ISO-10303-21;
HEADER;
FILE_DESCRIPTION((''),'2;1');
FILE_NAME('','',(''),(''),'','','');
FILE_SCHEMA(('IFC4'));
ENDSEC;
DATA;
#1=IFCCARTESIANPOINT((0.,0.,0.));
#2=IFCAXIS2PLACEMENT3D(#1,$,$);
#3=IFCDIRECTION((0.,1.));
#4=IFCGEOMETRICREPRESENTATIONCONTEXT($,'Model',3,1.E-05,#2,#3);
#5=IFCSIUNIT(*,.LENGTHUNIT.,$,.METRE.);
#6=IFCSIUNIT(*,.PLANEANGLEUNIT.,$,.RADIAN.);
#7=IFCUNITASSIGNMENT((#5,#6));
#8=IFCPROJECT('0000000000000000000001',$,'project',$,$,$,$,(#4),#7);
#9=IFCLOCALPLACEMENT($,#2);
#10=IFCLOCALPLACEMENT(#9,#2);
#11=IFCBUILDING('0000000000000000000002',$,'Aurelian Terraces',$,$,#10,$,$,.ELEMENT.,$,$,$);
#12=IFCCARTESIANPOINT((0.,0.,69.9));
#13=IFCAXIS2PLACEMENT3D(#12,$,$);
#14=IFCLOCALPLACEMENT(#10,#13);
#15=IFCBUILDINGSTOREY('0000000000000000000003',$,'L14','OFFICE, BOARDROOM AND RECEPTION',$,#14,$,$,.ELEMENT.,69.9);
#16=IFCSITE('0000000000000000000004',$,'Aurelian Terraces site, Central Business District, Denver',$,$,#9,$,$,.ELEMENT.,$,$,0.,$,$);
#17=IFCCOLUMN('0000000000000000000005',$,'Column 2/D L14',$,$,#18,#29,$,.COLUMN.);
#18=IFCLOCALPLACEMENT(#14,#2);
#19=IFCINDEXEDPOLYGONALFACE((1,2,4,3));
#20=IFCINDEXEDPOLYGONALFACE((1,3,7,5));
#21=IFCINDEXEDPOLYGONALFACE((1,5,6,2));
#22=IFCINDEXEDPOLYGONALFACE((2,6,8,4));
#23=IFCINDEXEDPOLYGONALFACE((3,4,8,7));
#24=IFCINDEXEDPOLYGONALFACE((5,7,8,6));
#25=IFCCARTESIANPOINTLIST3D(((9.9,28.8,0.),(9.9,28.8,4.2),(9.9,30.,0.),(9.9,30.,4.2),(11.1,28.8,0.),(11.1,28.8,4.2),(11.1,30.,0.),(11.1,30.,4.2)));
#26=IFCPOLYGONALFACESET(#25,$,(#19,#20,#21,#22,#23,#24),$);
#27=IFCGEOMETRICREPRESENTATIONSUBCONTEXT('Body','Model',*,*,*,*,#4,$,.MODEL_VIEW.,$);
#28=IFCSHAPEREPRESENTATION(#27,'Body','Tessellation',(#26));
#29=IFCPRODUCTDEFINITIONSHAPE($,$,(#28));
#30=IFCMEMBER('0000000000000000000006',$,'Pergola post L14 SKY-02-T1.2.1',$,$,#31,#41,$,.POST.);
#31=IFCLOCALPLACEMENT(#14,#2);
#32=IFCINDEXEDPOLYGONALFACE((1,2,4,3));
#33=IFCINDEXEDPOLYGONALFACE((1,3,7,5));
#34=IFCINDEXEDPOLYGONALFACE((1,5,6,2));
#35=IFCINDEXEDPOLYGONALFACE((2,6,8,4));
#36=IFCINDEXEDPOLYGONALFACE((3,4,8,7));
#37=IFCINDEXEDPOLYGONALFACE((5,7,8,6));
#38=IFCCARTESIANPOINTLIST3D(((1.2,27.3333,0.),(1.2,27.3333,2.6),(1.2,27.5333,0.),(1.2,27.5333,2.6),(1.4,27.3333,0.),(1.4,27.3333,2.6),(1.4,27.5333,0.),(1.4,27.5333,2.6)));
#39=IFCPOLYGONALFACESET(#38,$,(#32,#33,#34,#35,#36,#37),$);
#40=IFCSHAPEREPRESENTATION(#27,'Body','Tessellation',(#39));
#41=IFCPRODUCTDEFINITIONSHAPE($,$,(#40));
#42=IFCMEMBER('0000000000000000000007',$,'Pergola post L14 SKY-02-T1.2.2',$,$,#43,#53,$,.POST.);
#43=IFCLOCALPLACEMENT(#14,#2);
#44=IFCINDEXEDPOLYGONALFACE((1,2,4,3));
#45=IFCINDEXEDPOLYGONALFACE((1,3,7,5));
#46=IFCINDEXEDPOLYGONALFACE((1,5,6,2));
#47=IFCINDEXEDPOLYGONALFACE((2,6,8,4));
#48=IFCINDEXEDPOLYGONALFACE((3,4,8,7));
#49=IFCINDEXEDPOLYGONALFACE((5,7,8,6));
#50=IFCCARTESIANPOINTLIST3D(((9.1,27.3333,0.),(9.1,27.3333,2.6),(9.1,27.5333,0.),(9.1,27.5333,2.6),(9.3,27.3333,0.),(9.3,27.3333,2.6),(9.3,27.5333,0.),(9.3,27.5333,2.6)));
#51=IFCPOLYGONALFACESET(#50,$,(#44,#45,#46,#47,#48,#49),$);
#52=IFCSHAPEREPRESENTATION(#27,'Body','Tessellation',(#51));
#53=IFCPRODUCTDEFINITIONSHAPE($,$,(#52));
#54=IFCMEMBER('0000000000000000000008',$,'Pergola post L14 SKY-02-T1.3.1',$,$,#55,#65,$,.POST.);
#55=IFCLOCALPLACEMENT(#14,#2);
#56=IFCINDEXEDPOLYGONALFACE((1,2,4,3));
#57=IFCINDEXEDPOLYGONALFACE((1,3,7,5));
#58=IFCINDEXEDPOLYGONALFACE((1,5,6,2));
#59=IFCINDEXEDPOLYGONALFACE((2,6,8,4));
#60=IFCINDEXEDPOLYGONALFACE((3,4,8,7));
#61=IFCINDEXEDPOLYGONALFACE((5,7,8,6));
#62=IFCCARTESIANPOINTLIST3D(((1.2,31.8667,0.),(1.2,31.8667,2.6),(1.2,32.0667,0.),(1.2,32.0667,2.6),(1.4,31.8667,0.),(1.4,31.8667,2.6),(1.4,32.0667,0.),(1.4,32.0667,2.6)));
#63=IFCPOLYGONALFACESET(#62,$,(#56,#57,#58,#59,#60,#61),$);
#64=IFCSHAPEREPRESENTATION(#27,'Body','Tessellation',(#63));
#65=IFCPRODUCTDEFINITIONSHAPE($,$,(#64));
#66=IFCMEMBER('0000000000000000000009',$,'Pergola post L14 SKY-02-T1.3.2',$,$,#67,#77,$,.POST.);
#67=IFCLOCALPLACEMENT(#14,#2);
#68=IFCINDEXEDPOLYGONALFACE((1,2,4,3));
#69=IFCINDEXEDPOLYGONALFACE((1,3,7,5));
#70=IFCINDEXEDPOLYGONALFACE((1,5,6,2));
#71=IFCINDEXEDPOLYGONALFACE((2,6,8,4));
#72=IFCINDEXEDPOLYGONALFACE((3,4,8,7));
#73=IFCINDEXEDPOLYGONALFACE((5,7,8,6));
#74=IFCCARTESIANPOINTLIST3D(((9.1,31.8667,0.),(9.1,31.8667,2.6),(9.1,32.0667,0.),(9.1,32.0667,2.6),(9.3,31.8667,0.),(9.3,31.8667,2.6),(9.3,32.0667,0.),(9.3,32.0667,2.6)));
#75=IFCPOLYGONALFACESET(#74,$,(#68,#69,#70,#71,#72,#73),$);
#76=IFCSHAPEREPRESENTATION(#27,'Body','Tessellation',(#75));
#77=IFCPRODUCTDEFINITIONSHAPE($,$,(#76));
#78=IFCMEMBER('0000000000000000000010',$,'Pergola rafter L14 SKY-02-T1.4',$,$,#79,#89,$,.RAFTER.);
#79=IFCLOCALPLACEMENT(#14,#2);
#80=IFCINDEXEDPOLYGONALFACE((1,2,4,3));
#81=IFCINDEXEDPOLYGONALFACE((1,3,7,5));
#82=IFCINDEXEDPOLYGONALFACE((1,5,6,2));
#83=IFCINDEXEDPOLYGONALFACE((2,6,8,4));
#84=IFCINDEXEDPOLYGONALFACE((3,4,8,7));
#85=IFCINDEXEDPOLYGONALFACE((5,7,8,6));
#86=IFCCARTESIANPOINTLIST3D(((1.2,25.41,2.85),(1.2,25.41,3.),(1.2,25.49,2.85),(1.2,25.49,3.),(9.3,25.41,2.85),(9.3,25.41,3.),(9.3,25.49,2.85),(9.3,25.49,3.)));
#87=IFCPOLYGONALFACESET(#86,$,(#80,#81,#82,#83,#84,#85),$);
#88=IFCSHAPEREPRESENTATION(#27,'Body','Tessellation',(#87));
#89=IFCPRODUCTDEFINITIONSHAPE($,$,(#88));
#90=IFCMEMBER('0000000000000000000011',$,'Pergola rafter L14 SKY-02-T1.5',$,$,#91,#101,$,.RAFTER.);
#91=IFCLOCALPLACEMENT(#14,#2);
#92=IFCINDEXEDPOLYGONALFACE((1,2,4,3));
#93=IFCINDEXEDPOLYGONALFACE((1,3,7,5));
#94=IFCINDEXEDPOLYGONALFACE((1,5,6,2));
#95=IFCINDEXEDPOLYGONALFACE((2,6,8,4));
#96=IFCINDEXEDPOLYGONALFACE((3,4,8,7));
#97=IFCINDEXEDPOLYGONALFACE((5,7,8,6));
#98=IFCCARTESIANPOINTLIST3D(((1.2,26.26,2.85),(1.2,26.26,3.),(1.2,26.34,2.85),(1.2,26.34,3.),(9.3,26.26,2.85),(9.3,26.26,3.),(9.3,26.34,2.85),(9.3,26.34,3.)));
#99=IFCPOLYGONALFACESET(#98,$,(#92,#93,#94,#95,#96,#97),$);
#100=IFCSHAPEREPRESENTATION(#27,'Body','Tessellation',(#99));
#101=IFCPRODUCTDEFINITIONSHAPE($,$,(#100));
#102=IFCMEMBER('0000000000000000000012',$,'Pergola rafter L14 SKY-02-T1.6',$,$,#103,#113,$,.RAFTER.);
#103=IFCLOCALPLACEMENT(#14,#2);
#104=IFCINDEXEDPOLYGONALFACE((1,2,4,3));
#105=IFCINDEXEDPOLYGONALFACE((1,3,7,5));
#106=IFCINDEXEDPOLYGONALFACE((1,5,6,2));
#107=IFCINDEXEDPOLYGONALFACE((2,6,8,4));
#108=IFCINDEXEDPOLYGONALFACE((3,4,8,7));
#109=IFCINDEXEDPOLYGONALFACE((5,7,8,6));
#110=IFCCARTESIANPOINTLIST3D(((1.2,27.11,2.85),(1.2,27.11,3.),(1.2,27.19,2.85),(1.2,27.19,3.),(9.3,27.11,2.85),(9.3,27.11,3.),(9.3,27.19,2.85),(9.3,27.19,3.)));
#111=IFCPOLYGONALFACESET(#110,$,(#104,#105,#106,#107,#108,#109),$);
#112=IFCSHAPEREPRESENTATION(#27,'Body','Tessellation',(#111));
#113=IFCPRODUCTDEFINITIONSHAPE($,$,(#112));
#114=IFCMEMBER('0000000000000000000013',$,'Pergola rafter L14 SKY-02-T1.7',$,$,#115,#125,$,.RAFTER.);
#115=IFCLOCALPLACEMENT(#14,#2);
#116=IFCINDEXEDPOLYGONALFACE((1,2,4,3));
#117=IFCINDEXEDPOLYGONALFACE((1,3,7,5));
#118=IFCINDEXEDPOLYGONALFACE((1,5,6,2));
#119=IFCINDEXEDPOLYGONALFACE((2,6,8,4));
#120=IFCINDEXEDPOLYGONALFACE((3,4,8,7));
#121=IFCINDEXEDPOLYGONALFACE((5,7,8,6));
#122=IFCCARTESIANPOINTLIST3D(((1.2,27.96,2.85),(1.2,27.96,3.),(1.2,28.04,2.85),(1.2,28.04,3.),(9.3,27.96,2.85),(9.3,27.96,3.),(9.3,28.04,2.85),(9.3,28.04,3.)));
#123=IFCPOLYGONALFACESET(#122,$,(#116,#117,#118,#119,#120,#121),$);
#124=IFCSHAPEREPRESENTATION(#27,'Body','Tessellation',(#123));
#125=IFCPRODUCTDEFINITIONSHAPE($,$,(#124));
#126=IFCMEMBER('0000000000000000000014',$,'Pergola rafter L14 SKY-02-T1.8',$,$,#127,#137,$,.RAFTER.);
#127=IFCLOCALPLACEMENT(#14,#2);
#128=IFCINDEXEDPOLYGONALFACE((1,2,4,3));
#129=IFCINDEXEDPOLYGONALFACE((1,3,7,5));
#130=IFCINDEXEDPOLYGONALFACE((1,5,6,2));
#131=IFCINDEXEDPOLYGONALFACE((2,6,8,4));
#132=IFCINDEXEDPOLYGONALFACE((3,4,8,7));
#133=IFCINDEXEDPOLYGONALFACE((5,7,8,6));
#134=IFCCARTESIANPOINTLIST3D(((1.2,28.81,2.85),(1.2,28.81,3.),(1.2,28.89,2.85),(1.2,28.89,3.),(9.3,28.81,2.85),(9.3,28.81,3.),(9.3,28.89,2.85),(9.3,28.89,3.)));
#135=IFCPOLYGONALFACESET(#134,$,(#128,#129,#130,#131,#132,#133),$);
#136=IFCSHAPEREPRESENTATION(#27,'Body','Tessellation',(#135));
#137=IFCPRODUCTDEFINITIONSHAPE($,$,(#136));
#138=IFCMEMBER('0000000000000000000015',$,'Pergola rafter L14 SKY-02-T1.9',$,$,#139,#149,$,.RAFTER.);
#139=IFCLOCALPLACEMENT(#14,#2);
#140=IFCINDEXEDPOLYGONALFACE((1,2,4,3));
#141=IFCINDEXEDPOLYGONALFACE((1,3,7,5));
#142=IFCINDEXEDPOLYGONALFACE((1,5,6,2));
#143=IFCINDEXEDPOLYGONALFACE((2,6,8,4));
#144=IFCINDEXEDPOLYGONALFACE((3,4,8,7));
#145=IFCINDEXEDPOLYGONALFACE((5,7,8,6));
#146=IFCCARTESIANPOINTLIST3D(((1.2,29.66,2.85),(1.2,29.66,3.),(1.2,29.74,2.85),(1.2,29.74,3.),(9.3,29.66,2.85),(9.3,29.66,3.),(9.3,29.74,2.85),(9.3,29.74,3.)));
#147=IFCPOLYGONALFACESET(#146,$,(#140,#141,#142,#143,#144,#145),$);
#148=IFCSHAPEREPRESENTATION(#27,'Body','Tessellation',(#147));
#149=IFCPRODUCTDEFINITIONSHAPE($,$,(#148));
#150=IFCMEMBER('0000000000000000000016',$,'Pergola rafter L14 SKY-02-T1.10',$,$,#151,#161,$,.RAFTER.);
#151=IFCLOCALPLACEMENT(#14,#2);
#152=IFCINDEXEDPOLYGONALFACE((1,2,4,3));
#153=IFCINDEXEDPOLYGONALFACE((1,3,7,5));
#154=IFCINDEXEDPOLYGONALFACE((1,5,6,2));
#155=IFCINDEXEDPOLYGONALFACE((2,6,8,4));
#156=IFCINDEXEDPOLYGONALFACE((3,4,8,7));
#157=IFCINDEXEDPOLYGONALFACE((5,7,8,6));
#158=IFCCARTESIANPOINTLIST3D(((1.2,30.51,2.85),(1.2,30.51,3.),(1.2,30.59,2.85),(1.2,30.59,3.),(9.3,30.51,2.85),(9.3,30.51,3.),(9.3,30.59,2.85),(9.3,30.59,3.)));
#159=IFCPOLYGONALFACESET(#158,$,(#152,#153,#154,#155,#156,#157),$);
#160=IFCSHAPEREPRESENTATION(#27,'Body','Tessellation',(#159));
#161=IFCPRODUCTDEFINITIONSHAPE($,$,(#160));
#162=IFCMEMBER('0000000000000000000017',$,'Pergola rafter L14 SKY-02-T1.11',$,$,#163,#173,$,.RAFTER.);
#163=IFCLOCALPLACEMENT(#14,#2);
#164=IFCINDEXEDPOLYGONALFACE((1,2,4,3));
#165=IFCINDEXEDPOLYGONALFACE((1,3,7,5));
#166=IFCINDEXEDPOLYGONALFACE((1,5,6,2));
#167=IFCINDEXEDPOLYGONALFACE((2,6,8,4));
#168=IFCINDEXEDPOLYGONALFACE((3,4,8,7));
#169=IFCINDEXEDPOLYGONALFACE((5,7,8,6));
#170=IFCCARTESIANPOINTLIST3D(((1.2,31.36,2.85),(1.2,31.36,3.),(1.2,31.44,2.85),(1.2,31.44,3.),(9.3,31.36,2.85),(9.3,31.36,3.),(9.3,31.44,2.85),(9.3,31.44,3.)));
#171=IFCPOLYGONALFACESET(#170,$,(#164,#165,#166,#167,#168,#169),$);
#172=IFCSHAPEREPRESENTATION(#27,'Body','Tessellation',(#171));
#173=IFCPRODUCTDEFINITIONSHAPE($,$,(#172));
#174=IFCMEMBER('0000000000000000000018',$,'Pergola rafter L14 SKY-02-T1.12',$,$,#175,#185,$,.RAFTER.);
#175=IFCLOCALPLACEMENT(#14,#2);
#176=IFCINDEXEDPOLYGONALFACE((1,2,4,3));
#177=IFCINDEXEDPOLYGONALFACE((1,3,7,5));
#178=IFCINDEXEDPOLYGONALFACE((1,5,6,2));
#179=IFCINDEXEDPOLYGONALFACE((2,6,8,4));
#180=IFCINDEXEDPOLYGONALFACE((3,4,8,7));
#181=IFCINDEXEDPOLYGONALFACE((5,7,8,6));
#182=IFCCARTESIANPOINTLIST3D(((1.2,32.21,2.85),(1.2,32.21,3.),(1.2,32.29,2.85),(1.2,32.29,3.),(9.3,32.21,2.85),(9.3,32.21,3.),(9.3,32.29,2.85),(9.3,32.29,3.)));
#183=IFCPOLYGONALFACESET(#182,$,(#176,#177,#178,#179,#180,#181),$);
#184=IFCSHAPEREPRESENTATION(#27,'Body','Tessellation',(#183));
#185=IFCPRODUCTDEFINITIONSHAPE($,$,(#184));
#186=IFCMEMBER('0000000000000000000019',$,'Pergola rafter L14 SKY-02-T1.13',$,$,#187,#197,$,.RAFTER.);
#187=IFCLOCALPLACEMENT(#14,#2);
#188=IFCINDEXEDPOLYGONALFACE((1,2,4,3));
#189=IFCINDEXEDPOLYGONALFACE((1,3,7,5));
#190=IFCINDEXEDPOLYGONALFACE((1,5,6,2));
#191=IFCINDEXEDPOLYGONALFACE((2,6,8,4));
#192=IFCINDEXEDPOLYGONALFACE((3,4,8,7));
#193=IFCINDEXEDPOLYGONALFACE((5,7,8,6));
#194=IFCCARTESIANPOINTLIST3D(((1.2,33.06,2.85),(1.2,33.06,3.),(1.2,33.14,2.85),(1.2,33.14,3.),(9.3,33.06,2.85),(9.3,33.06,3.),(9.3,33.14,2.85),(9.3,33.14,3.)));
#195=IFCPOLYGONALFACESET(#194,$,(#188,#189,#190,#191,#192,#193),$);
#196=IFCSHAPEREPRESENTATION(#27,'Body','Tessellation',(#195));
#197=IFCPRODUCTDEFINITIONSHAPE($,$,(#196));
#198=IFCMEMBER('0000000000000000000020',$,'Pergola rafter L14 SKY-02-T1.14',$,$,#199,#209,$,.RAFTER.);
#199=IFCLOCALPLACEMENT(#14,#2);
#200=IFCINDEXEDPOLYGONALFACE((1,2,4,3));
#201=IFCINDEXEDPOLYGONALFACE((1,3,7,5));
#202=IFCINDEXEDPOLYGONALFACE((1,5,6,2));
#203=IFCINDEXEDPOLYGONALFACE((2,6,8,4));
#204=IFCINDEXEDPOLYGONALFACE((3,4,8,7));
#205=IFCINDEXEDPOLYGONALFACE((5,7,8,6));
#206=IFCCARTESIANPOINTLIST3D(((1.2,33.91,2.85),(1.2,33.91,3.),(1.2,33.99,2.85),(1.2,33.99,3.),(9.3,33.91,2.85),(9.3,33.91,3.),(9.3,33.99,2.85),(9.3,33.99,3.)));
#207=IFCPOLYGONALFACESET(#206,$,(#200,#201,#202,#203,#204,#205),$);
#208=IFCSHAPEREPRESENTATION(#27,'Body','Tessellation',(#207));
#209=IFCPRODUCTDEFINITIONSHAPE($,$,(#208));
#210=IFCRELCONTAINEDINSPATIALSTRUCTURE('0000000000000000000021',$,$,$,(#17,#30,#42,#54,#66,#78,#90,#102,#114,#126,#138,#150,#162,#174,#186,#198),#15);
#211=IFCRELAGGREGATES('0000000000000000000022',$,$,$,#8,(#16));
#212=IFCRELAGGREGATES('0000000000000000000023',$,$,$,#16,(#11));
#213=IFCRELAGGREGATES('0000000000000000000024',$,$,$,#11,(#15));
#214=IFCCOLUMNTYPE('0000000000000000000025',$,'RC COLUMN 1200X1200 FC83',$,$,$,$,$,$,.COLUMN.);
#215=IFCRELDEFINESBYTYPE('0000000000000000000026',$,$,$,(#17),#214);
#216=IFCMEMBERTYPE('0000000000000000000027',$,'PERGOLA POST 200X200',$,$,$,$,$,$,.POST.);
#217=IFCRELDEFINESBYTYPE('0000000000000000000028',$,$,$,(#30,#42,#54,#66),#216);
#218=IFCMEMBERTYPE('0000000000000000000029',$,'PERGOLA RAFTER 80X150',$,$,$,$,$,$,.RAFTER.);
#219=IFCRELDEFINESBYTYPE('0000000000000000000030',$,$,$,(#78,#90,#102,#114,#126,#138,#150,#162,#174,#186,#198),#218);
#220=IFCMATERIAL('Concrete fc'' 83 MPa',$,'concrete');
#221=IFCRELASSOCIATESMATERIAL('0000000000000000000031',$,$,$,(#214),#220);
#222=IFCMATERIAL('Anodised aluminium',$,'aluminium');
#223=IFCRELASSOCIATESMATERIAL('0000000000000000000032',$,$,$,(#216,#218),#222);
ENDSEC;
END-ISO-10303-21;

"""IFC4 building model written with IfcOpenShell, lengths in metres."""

from ifc_helpers import new_model, si_unit, direction, frame, origin, origin_2d, place, context, subcontext, project, spatial, rectangle, extrude, source, transform, mapped, material, material_profile, profile_set, type_object, element, save


model = new_model("IFC4")

# Units and contexts
model_context = context("Model", 3, precision=1e-05, world=origin(), true_north=direction((0.0, 1.0)))
body_context = subcontext(model_context, "Body", "Model", "MODEL_VIEW")
ifc_project = project(units=[si_unit("LENGTHUNIT", "METRE"), si_unit("PLANEANGLEUNIT", "RADIAN")], contexts=[model_context])

# Site, building, storey
site_placement = place(None, origin())
site = spatial("IfcSite", under=ifc_project, at=site_placement, Name="Aurelian Terraces site, Central Business District, Denver", CompositionType="ELEMENT", RefElevation=0.0)
building_placement = place(site_placement, origin())
building = spatial("IfcBuilding", under=site, at=building_placement, Name="Aurelian Terraces", CompositionType="ELEMENT")
storey_placement = place(building_placement, frame((0.0, 0.0, 69.9)))
storey = spatial("IfcBuildingStorey", under=building, at=storey_placement, Name="L14", Description="OFFICE, BOARDROOM AND RECEPTION", CompositionType="ELEMENT", Elevation=69.9)

# Column
ifc_material_1 = material(Name="Concrete fc' 83 MPa", Category="concrete")
ifc_material_profile_1 = material_profile(ifc_material_1, rectangle(XDim=1.2, YDim=1.2, at=origin_2d()))
ifc_profile_set_1 = profile_set([ifc_material_profile_1], Name="Concrete fc' 83 MPa")
column_type = type_object("IfcColumnType", Name="RC COLUMN 1200X1200 FC83", PredefinedType="COLUMN", material=ifc_profile_set_1)
shared_shape_1 = source(origin(), body_context, "Body", "SweptSolid", [
    extrude(rectangle(XDim=1.2, YDim=1.2, at=origin_2d()), origin(), (0.0, 0.0, 1.0), 4.2),
])
column_placement = place(storey_placement, frame((10.5, 29.4, 0.0), z_axis=(0.0, 0.0, 1.0), x_axis=(1.0, 0.0, 0.0)))
element("IfcColumn", 1, at=column_placement, inside=storey, type_object=column_type, Name="Column 2/D L14", PredefinedType="COLUMN", context=body_context, shape_type="MappedRepresentation", body=[
    mapped(shared_shape_1, transform((0.0, 0.0, 0.0), scale=1.0)),
])

# Members
ifc_material_2 = material(Name="Anodised aluminium", Category="aluminium")
ifc_material_profile_2 = material_profile(ifc_material_2, rectangle(XDim=0.2, YDim=0.2, at=origin_2d()))
ifc_profile_set_2 = profile_set([ifc_material_profile_2], Name="Anodised aluminium")
member_type_1 = type_object("IfcMemberType", Name="PERGOLA POST 200X200", PredefinedType="POST", material=ifc_profile_set_2)
shared_shape_2 = source(origin(), body_context, "Body", "SweptSolid", [
    extrude(rectangle(XDim=0.2, YDim=0.2, at=origin_2d()), origin(), (0.0, 0.0, 1.0), 2.6),
])
for number, where, z_axis, x_axis, name in (
    (2, (1.3, 27.4333, 0.0), (0.0, 0.0, 1.0), (1.0, 0.0, 0.0), "Pergola post L14 SKY-02-T1.2.1"),
    (3, (9.2, 27.4333, 0.0), (0.0, 0.0, 1.0), (1.0, 0.0, 0.0), "Pergola post L14 SKY-02-T1.2.2"),
    (4, (1.3, 31.9667, 0.0), (0.0, 0.0, 1.0), (1.0, 0.0, 0.0), "Pergola post L14 SKY-02-T1.3.1"),
    (5, (9.2, 31.9667, 0.0), (0.0, 0.0, 1.0), (1.0, 0.0, 0.0), "Pergola post L14 SKY-02-T1.3.2"),
):
    element("IfcMember", number, at=place(storey_placement, frame(where, z_axis=z_axis, x_axis=x_axis)), inside=storey, type_object=member_type_1, Name=name, PredefinedType="POST", context=body_context, shape_type="MappedRepresentation", body=[
        mapped(shared_shape_2, transform((0.0, 0.0, 0.0), scale=1.0)),
    ])
ifc_material_profile_3 = material_profile(ifc_material_2, rectangle(XDim=0.08, YDim=0.15, at=origin_2d()))
ifc_profile_set_3 = profile_set([ifc_material_profile_3], Name="Anodised aluminium")
member_type_2 = type_object("IfcMemberType", Name="PERGOLA RAFTER 80X150", PredefinedType="RAFTER", material=ifc_profile_set_3)
shared_shape_3 = source(origin(), body_context, "Body", "SweptSolid", [
    extrude(rectangle(XDim=0.08, YDim=0.15, at=origin_2d()), origin(), (0.0, 0.0, 1.0), 8.1),
])
for number, where, z_axis, x_axis, name in (
    (6, (1.2, 25.45, 2.925), (1.0, 0.0, 0.0), (0.0, 1.0, 0.0), "Pergola rafter L14 SKY-02-T1.4"),
    (7, (1.2, 26.3, 2.925), (1.0, 0.0, 0.0), (0.0, 1.0, 0.0), "Pergola rafter L14 SKY-02-T1.5"),
    (8, (1.2, 27.15, 2.925), (1.0, 0.0, 0.0), (0.0, 1.0, 0.0), "Pergola rafter L14 SKY-02-T1.6"),
    (9, (1.2, 28.0, 2.925), (1.0, 0.0, 0.0), (0.0, 1.0, 0.0), "Pergola rafter L14 SKY-02-T1.7"),
    (10, (1.2, 28.85, 2.925), (1.0, 0.0, 0.0), (0.0, 1.0, 0.0), "Pergola rafter L14 SKY-02-T1.8"),
    (11, (1.2, 29.7, 2.925), (1.0, 0.0, 0.0), (0.0, 1.0, 0.0), "Pergola rafter L14 SKY-02-T1.9"),
    (12, (1.2, 30.55, 2.925), (1.0, 0.0, 0.0), (0.0, 1.0, 0.0), "Pergola rafter L14 SKY-02-T1.10"),
    (13, (1.2, 31.4, 2.925), (1.0, 0.0, 0.0), (0.0, 1.0, 0.0), "Pergola rafter L14 SKY-02-T1.11"),
    (14, (1.2, 32.25, 2.925), (1.0, 0.0, 0.0), (0.0, 1.0, 0.0), "Pergola rafter L14 SKY-02-T1.12"),
    (15, (1.2, 33.1, 2.925), (1.0, 0.0, 0.0), (0.0, 1.0, 0.0), "Pergola rafter L14 SKY-02-T1.13"),
    (16, (1.2, 33.95, 2.925), (1.0, 0.0, 0.0), (0.0, 1.0, 0.0), "Pergola rafter L14 SKY-02-T1.14"),
):
    element("IfcMember", number, at=place(storey_placement, frame(where, z_axis=z_axis, x_axis=x_axis)), inside=storey, type_object=member_type_2, Name=name, PredefinedType="RAFTER", context=body_context, shape_type="MappedRepresentation", body=[
        mapped(shared_shape_3, transform((0.0, 0.0, 0.0), scale=1.0)),
    ])

save(model, "model.ifc")
